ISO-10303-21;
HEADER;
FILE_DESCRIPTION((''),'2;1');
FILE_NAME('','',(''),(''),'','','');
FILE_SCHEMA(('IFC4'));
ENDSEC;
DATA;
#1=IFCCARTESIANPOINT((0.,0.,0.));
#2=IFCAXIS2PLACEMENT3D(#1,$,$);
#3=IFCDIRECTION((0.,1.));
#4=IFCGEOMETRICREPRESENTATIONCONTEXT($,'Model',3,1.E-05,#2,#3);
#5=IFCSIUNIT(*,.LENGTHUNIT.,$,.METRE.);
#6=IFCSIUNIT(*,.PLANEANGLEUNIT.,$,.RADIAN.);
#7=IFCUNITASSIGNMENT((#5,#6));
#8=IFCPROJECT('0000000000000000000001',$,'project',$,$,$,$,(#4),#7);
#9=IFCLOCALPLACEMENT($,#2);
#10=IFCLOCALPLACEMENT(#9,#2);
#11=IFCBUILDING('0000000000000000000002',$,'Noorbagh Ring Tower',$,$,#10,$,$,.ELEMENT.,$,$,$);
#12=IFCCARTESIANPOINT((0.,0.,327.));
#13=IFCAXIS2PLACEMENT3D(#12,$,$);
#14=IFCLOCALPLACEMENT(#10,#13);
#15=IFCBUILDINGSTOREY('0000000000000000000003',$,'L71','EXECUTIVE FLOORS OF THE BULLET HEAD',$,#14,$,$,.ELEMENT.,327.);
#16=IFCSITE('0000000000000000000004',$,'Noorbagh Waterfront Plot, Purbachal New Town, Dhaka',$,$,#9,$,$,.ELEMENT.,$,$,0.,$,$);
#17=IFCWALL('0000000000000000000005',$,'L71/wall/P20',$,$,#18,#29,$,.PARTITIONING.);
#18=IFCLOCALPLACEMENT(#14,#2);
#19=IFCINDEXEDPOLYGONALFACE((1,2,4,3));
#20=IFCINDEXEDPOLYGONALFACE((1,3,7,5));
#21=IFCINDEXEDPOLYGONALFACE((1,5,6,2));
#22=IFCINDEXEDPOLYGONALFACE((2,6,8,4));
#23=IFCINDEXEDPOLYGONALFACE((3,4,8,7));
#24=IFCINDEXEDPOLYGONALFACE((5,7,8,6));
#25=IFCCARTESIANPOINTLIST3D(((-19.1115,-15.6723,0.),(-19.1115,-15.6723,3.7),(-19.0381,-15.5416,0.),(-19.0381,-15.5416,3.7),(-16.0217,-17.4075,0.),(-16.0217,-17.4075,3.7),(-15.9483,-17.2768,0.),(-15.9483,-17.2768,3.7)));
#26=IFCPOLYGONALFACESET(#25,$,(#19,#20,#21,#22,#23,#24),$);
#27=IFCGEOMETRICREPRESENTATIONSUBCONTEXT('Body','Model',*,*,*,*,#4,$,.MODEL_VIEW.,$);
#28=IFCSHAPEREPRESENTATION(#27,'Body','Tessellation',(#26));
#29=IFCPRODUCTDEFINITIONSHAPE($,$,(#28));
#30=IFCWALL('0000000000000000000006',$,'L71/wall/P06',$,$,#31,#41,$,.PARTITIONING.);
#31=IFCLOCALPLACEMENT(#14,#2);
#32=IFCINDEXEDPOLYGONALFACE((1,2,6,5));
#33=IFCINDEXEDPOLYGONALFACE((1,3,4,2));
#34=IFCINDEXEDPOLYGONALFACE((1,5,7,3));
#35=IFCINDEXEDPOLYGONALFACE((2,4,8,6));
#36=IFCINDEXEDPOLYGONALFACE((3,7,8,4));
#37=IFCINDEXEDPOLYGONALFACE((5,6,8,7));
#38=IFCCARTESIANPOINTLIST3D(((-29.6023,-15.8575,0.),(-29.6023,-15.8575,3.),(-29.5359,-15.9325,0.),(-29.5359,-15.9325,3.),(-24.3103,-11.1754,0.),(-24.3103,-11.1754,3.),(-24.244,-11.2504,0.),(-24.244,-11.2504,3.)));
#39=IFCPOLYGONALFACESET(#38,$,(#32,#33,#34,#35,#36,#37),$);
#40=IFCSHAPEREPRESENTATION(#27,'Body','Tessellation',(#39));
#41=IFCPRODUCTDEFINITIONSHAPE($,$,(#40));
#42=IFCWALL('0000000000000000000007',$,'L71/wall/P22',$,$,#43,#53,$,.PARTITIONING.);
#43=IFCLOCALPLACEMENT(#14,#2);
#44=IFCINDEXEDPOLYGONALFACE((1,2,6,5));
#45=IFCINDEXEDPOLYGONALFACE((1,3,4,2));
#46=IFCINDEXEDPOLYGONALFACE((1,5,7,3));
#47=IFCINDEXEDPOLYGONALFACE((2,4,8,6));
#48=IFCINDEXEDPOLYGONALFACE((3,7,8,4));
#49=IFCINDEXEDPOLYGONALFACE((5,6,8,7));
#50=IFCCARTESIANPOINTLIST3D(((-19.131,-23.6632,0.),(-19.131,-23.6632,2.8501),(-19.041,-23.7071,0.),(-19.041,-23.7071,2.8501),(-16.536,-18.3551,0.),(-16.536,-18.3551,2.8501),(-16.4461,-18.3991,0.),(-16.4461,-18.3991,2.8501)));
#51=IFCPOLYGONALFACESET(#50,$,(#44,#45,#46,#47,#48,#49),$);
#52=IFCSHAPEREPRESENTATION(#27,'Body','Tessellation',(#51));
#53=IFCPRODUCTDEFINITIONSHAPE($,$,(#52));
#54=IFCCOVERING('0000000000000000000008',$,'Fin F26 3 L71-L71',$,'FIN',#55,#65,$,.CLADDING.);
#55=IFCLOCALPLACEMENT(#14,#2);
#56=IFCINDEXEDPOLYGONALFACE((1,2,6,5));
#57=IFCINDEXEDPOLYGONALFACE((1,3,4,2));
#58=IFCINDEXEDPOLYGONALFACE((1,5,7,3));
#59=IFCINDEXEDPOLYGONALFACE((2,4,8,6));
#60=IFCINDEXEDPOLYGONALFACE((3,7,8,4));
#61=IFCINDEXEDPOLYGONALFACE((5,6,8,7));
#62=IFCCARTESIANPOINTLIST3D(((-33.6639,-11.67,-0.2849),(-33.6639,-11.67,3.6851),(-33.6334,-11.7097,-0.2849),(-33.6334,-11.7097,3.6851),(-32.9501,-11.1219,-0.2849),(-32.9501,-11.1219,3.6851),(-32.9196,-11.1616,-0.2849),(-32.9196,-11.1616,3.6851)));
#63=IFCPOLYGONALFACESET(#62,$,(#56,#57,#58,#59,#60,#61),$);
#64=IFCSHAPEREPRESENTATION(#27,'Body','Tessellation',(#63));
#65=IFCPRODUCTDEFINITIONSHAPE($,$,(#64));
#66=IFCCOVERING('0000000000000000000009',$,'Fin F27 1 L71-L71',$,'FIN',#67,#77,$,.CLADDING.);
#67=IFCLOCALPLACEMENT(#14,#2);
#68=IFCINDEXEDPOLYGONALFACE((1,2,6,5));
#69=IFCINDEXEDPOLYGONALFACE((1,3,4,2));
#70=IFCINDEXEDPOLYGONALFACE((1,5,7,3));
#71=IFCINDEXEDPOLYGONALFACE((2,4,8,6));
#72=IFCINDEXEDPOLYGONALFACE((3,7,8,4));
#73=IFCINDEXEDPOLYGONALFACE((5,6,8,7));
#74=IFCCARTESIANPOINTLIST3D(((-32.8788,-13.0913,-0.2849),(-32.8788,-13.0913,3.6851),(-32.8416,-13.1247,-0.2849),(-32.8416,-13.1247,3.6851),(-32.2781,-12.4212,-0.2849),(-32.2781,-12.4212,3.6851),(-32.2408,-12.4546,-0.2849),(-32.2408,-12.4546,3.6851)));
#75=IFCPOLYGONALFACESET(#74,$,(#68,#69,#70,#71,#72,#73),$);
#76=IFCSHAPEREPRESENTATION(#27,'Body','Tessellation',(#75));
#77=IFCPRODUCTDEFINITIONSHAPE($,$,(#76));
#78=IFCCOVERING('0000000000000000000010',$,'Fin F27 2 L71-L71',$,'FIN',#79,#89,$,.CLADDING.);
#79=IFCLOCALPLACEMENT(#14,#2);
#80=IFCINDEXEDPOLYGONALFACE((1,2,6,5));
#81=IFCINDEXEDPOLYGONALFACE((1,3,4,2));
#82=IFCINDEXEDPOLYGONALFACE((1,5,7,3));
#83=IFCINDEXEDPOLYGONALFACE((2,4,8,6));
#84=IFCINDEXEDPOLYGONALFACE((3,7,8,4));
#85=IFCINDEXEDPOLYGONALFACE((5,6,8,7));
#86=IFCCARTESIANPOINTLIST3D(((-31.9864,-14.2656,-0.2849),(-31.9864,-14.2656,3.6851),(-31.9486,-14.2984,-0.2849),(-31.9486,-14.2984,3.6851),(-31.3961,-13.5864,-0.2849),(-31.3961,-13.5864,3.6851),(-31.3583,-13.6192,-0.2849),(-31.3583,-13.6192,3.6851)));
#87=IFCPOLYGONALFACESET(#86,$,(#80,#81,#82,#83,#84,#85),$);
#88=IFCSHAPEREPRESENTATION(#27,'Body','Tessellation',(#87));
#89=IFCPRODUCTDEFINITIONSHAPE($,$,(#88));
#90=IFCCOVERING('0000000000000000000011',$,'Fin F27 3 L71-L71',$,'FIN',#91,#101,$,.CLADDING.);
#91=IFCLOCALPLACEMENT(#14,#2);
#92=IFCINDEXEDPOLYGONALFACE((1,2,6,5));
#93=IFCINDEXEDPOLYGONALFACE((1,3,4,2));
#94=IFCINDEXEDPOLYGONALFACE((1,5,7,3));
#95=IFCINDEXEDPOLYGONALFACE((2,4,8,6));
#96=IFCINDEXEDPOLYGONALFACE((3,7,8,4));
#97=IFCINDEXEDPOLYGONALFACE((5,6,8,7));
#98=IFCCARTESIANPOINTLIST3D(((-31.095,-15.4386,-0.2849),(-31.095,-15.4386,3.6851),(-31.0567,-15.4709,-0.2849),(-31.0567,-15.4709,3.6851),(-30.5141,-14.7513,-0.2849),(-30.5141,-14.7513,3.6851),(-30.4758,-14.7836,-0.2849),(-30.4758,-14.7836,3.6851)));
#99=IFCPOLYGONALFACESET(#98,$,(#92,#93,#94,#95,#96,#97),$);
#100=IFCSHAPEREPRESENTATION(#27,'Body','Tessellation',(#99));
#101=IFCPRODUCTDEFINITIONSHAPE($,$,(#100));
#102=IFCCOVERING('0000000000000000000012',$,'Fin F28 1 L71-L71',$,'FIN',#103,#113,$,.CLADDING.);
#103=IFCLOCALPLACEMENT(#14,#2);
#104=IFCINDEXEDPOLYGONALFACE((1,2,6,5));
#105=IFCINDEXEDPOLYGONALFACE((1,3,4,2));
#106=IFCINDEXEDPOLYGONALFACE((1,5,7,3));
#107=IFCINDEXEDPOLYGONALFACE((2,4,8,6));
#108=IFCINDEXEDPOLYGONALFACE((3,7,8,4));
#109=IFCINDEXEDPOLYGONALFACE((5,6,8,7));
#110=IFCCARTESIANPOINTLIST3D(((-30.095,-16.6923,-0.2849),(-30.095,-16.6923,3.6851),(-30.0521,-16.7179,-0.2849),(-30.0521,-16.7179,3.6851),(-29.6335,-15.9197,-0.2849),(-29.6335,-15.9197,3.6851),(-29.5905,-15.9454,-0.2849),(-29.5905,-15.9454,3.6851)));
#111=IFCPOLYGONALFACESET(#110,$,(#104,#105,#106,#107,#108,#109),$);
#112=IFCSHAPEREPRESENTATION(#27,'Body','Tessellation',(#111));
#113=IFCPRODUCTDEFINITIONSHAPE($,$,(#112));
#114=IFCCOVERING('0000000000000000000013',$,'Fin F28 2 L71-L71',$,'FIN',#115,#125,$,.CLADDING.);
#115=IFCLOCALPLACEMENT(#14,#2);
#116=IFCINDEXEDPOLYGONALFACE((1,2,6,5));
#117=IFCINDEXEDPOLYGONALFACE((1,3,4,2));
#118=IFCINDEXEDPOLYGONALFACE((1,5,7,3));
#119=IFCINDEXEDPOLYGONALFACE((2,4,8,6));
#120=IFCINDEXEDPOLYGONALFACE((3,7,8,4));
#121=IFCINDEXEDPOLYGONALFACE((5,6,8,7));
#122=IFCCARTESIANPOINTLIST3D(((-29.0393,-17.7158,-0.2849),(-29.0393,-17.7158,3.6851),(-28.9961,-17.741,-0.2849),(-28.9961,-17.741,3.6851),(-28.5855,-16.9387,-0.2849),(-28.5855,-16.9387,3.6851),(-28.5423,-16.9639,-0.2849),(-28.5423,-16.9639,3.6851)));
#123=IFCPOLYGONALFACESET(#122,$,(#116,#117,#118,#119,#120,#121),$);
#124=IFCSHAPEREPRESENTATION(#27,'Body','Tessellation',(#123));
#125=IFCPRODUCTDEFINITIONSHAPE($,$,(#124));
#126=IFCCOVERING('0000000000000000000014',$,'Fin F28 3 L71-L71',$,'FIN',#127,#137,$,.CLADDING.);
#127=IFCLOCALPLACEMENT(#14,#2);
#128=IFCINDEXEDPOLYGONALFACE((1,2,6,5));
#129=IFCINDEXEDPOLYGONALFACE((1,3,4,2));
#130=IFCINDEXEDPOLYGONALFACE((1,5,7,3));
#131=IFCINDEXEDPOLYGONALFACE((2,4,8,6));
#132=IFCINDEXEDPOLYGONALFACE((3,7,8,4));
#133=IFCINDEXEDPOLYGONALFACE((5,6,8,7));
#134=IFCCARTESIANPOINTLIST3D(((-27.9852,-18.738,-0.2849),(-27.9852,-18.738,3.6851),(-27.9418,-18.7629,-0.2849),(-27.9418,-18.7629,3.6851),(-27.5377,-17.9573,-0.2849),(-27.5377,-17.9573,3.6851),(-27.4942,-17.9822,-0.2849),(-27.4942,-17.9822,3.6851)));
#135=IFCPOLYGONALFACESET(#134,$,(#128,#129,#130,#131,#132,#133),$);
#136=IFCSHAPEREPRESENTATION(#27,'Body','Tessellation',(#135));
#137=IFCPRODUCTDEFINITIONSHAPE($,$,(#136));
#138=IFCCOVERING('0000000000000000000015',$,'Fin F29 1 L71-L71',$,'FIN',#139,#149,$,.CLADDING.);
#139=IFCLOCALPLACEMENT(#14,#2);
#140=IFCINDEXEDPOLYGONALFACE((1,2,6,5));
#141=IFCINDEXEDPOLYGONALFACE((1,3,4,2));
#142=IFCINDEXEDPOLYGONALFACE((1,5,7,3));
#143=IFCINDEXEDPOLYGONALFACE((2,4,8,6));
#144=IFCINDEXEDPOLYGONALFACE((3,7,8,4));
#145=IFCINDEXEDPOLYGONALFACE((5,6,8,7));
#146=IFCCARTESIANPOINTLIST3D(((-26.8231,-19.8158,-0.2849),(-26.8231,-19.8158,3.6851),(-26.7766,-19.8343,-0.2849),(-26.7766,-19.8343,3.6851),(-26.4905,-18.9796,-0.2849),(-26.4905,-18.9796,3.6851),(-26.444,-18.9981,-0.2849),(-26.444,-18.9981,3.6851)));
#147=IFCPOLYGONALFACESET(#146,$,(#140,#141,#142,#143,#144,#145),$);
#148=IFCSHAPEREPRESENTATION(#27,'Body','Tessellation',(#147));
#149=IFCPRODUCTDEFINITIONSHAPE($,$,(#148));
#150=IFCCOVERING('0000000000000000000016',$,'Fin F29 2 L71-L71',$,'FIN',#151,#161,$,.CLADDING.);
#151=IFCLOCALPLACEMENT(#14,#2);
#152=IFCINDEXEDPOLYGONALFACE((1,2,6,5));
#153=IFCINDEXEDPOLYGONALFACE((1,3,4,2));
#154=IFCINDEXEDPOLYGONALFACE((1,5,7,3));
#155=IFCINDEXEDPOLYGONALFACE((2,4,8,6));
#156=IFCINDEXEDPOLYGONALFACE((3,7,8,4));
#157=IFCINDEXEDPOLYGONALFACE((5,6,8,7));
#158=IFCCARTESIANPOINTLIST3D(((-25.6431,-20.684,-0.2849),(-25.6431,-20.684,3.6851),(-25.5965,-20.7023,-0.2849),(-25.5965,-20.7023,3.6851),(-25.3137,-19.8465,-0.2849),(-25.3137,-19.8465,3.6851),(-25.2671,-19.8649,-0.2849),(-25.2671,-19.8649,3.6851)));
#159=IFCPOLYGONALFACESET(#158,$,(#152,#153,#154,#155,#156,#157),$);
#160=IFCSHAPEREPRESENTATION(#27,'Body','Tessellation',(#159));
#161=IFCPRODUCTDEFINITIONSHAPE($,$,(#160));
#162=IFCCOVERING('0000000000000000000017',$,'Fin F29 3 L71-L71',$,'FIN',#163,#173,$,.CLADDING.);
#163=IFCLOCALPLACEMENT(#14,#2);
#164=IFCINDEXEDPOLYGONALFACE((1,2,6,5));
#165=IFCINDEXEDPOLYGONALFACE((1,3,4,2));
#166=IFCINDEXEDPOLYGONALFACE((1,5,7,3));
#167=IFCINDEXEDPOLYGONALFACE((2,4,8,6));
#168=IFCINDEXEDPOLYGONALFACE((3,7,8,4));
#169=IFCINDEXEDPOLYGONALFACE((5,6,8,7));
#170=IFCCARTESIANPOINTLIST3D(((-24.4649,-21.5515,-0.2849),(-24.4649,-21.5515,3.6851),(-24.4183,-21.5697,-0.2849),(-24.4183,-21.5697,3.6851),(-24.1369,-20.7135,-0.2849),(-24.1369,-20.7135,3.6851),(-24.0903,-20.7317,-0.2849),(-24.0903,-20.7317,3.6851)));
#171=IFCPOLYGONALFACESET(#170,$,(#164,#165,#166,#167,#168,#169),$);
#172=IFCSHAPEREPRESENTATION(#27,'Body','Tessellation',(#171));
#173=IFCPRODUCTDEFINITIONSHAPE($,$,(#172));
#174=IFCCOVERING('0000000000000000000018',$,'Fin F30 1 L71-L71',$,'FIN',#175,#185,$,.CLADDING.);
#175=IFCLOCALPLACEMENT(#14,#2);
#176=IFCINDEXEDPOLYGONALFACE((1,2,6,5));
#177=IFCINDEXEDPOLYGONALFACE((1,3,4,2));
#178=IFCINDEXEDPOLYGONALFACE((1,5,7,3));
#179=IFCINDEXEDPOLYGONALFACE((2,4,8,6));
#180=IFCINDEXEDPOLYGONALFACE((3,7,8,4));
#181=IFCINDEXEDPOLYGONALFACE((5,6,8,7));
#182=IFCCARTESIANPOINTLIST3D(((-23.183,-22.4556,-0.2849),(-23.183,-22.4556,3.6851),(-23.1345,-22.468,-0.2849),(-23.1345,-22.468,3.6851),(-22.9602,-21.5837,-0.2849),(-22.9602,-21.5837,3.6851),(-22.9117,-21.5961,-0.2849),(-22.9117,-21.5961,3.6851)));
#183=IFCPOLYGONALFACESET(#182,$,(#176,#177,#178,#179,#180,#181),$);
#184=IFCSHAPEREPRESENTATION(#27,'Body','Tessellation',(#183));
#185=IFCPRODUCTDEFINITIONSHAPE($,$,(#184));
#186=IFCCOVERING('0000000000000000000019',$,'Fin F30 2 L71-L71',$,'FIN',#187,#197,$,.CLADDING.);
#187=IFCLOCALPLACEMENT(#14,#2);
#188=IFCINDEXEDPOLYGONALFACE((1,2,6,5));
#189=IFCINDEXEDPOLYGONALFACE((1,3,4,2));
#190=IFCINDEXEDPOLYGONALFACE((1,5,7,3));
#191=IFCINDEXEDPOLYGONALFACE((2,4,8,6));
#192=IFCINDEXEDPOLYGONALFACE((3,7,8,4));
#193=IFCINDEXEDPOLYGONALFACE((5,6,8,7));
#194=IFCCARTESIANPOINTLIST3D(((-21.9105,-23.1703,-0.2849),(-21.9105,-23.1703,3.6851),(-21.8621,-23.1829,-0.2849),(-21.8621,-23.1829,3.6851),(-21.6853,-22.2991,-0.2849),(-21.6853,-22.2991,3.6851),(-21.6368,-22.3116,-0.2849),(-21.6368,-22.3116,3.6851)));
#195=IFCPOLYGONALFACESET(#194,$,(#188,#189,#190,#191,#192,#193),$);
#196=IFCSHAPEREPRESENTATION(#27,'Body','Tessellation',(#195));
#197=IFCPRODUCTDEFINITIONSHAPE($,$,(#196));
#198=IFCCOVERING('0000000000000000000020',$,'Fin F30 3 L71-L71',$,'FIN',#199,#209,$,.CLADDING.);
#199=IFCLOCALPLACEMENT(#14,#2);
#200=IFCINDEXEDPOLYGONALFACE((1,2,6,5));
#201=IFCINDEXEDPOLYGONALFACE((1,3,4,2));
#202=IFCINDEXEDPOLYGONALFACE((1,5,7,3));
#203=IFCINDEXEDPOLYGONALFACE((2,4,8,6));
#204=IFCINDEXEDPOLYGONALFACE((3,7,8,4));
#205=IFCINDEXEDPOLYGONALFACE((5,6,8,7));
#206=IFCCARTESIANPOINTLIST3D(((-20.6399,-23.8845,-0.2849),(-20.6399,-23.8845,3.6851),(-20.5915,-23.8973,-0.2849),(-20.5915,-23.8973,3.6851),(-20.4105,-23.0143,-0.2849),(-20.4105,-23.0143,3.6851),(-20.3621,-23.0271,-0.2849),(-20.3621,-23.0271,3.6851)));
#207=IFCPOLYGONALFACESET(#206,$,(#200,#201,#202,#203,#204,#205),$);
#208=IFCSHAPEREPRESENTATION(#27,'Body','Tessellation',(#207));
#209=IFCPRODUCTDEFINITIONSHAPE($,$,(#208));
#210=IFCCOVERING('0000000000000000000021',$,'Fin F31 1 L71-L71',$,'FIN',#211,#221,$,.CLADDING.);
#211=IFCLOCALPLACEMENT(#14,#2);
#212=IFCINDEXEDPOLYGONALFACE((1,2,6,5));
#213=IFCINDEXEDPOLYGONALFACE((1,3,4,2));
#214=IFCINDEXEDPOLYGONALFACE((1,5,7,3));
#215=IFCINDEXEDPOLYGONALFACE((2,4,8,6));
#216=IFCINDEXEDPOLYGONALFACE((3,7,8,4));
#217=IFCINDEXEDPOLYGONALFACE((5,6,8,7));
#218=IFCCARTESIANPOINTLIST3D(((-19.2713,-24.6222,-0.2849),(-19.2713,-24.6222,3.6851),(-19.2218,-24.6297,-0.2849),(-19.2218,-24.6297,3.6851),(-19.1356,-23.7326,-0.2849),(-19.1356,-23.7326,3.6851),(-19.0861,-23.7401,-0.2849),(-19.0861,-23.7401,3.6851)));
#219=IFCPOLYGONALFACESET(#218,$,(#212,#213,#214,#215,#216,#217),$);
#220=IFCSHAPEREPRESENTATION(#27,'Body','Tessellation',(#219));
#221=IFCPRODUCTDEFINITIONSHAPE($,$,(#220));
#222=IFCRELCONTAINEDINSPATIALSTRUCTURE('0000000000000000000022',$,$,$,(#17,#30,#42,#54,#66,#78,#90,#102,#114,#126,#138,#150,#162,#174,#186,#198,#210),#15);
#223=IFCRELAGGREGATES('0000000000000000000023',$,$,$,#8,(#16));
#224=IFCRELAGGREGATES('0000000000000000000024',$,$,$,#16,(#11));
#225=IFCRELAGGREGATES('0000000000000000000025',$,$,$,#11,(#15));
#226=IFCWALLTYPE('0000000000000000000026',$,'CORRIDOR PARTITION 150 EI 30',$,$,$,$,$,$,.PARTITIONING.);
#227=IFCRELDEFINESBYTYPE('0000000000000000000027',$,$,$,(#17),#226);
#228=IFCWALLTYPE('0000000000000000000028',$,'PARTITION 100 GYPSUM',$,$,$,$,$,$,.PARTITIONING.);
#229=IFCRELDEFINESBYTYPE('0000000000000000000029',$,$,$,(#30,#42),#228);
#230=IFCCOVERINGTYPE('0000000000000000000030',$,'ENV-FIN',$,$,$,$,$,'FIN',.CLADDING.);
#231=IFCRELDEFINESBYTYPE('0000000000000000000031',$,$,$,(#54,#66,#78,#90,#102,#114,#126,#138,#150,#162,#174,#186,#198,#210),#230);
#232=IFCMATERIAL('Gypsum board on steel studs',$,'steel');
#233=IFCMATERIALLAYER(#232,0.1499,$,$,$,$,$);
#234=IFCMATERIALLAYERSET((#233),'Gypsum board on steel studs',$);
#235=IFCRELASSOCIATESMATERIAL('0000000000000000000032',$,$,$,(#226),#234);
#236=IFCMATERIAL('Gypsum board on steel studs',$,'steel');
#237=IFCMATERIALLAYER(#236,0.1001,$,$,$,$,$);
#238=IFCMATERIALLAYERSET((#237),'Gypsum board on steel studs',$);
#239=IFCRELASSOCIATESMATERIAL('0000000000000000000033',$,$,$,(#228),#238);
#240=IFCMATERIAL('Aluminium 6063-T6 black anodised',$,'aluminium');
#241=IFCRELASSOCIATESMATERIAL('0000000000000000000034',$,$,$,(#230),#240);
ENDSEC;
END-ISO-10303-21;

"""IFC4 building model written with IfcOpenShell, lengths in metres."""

from ifc_helpers import new_model, si_unit, direction, frame, frame_2d, origin, origin_2d, place, context, subcontext, project, spatial, rectangle, extrude, material, layer, layer_set, material_profile, profile_set, type_object, element, save


model = new_model("IFC4")

# Units and contexts
model_context = context("Model", 3, precision=1e-05, world=origin(), true_north=direction((0.0, 1.0)))
body_context = subcontext(model_context, "Body", "Model", "MODEL_VIEW")
ifc_project = project(units=[si_unit("LENGTHUNIT", "METRE"), si_unit("PLANEANGLEUNIT", "RADIAN")], contexts=[model_context])

# Site, building, storey
site_placement = place(None, origin())
site = spatial("IfcSite", under=ifc_project, at=site_placement, Name="Noorbagh Waterfront Plot, Purbachal New Town, Dhaka", CompositionType="ELEMENT", RefElevation=0.0)
building_placement = place(site_placement, origin())
building = spatial("IfcBuilding", under=site, at=building_placement, Name="Noorbagh Ring Tower", CompositionType="ELEMENT")
storey_placement = place(building_placement, frame((0.0, 0.0, 327.0)))
storey = spatial("IfcBuildingStorey", under=building, at=storey_placement, Name="L71", Description="EXECUTIVE FLOORS OF THE BULLET HEAD", CompositionType="ELEMENT", Elevation=327.0)

# Shared definitions
ifc_material_1 = material(Name="Gypsum board on steel studs", Category="steel")
ifc_layer_1 = layer(ifc_material_1, 0.1499)
ifc_layer_set_1 = layer_set([ifc_layer_1], Name="Gypsum board on steel studs")
wall_type_1 = type_object("IfcWallType", Name="CORRIDOR PARTITION 150 EI 30", PredefinedType="PARTITIONING", material=ifc_layer_set_1)

# Walls
wall_1_placement = place(storey_placement, frame((-19.075, -15.6069, 0.0), z_axis=(0.0, 0.0, 1.0), x_axis=(0.871929, -0.489633, 0.0)))
element("IfcWall", 1, at=wall_1_placement, inside=storey, type_object=wall_type_1, Name="L71/wall/P20", PredefinedType="PARTITIONING", context=body_context, shape_type="SweptSolid", body=[
    extrude(rectangle(XDim=3.5437, YDim=0.1499, at=frame_2d((1.772, 0.0))), origin(), (0.0, 0.0, 1.0), 3.7),
])
ifc_material_2 = material(Name="Gypsum board on steel studs", Category="steel")
ifc_layer_2 = layer(ifc_material_2, 0.1001)
ifc_layer_set_2 = layer_set([ifc_layer_2], Name="Gypsum board on steel studs")
wall_type_2 = type_object("IfcWallType", Name="PARTITION 100 GYPSUM", PredefinedType="PARTITIONING", material=ifc_layer_set_2)
wall_2_placement = place(storey_placement, frame((-29.5691, -15.895, 0.0), z_axis=(0.0, 0.0, 1.0), x_axis=(0.748944, 0.662634, 0.0)))
element("IfcWall", 2, at=wall_2_placement, inside=storey, type_object=wall_type_2, Name="L71/wall/P06", PredefinedType="PARTITIONING", context=body_context, shape_type="SweptSolid", body=[
    extrude(rectangle(XDim=7.0659, YDim=0.1001, at=frame_2d((3.533, 0.0))), origin(), (0.0, 0.0, 1.0), 3.0),
])
wall_3_placement = place(storey_placement, frame((-19.0859, -23.6851, 0.0), z_axis=(0.0, 0.0, 1.0), x_axis=(0.439196, 0.898391, 0.0)))
element("IfcWall", 3, at=wall_3_placement, inside=storey, type_object=wall_type_2, Name="L71/wall/P22", PredefinedType="PARTITIONING", context=body_context, shape_type="SweptSolid", body=[
    extrude(rectangle(XDim=5.9084, YDim=0.1001, at=frame_2d((2.9541, 0.0))), origin(), (0.0, 0.0, 1.0), 2.8501),
])

# Coverings
ifc_material_3 = material(Name="Aluminium 6063-T6 black anodised", Category="aluminium")
ifc_material_profile_1 = material_profile(ifc_material_3, rectangle(XDim=0.8999, YDim=0.05, at=origin_2d()), Name="900x50")
ifc_profile_set_1 = profile_set([ifc_material_profile_1], Name="Aluminium 6063-T6 black anodised")
covering_type = type_object("IfcCoveringType", Name="ENV-FIN", ElementType="FIN", PredefinedType="CLADDING", material=ifc_profile_set_1)
for number, where, z_axis, x_axis, name in (
    (4, (-33.2917, -11.4158, -0.2849), (0.0, 0.0, 1.0), (-0.793138, -0.609043, 0.0), "Fin F26 3 L71-L71"),
    (5, (-32.5598, -12.7729, -0.2849), (0.0, 0.0, 1.0), (-0.667561, -0.744555, 0.0), "Fin F27 1 L71-L71"),
    (6, (-31.6724, -13.9424, -0.2849), (0.0, 0.0, 1.0), (-0.655973, -0.754784, 0.0), "Fin F27 2 L71-L71"),
    (7, (-30.7854, -15.1111, -0.2849), (0.0, 0.0, 1.0), (-0.645539, -0.763728, 0.0), "Fin F27 3 L71-L71"),
    (8, (-29.8428, -16.3188, -0.2849), (0.0, 0.0, 1.0), (-0.512881, -0.85846, 0.0), "Fin F28 1 L71-L71"),
    (9, (-28.7908, -17.3398, -0.2849), (0.0, 0.0, 1.0), (-0.50428, -0.86354, 0.0), "Fin F28 2 L71-L71"),
    (10, (-27.7397, -18.3601, -0.2849), (0.0, 0.0, 1.0), (-0.497372, -0.867537, 0.0), "Fin F28 3 L71-L71"),
    (11, (-26.6335, -19.407, -0.2849), (0.0, 0.0, 1.0), (-0.369564, -0.929205, 0.0), "Fin F29 1 L71-L71"),
    (12, (-25.4551, -20.2744, -0.2849), (0.0, 0.0, 1.0), (-0.366047, -0.930596, 0.0), "Fin F29 2 L71-L71"),
    (13, (-24.2776, -21.1416, -0.2849), (0.0, 0.0, 1.0), (-0.364533, -0.93119, 0.0), "Fin F29 3 L71-L71"),
    (14, (-23.0474, -22.0259, -0.2849), (0.0, 0.0, 1.0), (-0.247639, -0.968852, 0.0), "Fin F30 1 L71-L71"),
    (15, (-21.7737, -22.741, -0.2849), (0.0, 0.0, 1.0), (-0.250261, -0.968178, 0.0), "Fin F30 2 L71-L71"),
    (16, (-20.501, -23.4558, -0.2849), (0.0, 0.0, 1.0), (-0.254952, -0.966954, 0.0), "Fin F30 3 L71-L71"),
    (17, (-19.1787, -24.1812, -0.2849), (0.0, 0.0, 1.0), (-0.150807, -0.988563, 0.0), "Fin F31 1 L71-L71"),
):
    element("IfcCovering", number, at=place(storey_placement, frame(where, z_axis=z_axis, x_axis=x_axis)), inside=storey, type_object=covering_type, Name=name, ObjectType="FIN", PredefinedType="CLADDING", context=body_context, shape_type="SweptSolid", body=[
        extrude(rectangle(XDim=0.8999, YDim=0.05, at=origin_2d()), origin(), (0.0, 0.0, 1.0), 3.97),
    ])

save(model, "model.ifc")
